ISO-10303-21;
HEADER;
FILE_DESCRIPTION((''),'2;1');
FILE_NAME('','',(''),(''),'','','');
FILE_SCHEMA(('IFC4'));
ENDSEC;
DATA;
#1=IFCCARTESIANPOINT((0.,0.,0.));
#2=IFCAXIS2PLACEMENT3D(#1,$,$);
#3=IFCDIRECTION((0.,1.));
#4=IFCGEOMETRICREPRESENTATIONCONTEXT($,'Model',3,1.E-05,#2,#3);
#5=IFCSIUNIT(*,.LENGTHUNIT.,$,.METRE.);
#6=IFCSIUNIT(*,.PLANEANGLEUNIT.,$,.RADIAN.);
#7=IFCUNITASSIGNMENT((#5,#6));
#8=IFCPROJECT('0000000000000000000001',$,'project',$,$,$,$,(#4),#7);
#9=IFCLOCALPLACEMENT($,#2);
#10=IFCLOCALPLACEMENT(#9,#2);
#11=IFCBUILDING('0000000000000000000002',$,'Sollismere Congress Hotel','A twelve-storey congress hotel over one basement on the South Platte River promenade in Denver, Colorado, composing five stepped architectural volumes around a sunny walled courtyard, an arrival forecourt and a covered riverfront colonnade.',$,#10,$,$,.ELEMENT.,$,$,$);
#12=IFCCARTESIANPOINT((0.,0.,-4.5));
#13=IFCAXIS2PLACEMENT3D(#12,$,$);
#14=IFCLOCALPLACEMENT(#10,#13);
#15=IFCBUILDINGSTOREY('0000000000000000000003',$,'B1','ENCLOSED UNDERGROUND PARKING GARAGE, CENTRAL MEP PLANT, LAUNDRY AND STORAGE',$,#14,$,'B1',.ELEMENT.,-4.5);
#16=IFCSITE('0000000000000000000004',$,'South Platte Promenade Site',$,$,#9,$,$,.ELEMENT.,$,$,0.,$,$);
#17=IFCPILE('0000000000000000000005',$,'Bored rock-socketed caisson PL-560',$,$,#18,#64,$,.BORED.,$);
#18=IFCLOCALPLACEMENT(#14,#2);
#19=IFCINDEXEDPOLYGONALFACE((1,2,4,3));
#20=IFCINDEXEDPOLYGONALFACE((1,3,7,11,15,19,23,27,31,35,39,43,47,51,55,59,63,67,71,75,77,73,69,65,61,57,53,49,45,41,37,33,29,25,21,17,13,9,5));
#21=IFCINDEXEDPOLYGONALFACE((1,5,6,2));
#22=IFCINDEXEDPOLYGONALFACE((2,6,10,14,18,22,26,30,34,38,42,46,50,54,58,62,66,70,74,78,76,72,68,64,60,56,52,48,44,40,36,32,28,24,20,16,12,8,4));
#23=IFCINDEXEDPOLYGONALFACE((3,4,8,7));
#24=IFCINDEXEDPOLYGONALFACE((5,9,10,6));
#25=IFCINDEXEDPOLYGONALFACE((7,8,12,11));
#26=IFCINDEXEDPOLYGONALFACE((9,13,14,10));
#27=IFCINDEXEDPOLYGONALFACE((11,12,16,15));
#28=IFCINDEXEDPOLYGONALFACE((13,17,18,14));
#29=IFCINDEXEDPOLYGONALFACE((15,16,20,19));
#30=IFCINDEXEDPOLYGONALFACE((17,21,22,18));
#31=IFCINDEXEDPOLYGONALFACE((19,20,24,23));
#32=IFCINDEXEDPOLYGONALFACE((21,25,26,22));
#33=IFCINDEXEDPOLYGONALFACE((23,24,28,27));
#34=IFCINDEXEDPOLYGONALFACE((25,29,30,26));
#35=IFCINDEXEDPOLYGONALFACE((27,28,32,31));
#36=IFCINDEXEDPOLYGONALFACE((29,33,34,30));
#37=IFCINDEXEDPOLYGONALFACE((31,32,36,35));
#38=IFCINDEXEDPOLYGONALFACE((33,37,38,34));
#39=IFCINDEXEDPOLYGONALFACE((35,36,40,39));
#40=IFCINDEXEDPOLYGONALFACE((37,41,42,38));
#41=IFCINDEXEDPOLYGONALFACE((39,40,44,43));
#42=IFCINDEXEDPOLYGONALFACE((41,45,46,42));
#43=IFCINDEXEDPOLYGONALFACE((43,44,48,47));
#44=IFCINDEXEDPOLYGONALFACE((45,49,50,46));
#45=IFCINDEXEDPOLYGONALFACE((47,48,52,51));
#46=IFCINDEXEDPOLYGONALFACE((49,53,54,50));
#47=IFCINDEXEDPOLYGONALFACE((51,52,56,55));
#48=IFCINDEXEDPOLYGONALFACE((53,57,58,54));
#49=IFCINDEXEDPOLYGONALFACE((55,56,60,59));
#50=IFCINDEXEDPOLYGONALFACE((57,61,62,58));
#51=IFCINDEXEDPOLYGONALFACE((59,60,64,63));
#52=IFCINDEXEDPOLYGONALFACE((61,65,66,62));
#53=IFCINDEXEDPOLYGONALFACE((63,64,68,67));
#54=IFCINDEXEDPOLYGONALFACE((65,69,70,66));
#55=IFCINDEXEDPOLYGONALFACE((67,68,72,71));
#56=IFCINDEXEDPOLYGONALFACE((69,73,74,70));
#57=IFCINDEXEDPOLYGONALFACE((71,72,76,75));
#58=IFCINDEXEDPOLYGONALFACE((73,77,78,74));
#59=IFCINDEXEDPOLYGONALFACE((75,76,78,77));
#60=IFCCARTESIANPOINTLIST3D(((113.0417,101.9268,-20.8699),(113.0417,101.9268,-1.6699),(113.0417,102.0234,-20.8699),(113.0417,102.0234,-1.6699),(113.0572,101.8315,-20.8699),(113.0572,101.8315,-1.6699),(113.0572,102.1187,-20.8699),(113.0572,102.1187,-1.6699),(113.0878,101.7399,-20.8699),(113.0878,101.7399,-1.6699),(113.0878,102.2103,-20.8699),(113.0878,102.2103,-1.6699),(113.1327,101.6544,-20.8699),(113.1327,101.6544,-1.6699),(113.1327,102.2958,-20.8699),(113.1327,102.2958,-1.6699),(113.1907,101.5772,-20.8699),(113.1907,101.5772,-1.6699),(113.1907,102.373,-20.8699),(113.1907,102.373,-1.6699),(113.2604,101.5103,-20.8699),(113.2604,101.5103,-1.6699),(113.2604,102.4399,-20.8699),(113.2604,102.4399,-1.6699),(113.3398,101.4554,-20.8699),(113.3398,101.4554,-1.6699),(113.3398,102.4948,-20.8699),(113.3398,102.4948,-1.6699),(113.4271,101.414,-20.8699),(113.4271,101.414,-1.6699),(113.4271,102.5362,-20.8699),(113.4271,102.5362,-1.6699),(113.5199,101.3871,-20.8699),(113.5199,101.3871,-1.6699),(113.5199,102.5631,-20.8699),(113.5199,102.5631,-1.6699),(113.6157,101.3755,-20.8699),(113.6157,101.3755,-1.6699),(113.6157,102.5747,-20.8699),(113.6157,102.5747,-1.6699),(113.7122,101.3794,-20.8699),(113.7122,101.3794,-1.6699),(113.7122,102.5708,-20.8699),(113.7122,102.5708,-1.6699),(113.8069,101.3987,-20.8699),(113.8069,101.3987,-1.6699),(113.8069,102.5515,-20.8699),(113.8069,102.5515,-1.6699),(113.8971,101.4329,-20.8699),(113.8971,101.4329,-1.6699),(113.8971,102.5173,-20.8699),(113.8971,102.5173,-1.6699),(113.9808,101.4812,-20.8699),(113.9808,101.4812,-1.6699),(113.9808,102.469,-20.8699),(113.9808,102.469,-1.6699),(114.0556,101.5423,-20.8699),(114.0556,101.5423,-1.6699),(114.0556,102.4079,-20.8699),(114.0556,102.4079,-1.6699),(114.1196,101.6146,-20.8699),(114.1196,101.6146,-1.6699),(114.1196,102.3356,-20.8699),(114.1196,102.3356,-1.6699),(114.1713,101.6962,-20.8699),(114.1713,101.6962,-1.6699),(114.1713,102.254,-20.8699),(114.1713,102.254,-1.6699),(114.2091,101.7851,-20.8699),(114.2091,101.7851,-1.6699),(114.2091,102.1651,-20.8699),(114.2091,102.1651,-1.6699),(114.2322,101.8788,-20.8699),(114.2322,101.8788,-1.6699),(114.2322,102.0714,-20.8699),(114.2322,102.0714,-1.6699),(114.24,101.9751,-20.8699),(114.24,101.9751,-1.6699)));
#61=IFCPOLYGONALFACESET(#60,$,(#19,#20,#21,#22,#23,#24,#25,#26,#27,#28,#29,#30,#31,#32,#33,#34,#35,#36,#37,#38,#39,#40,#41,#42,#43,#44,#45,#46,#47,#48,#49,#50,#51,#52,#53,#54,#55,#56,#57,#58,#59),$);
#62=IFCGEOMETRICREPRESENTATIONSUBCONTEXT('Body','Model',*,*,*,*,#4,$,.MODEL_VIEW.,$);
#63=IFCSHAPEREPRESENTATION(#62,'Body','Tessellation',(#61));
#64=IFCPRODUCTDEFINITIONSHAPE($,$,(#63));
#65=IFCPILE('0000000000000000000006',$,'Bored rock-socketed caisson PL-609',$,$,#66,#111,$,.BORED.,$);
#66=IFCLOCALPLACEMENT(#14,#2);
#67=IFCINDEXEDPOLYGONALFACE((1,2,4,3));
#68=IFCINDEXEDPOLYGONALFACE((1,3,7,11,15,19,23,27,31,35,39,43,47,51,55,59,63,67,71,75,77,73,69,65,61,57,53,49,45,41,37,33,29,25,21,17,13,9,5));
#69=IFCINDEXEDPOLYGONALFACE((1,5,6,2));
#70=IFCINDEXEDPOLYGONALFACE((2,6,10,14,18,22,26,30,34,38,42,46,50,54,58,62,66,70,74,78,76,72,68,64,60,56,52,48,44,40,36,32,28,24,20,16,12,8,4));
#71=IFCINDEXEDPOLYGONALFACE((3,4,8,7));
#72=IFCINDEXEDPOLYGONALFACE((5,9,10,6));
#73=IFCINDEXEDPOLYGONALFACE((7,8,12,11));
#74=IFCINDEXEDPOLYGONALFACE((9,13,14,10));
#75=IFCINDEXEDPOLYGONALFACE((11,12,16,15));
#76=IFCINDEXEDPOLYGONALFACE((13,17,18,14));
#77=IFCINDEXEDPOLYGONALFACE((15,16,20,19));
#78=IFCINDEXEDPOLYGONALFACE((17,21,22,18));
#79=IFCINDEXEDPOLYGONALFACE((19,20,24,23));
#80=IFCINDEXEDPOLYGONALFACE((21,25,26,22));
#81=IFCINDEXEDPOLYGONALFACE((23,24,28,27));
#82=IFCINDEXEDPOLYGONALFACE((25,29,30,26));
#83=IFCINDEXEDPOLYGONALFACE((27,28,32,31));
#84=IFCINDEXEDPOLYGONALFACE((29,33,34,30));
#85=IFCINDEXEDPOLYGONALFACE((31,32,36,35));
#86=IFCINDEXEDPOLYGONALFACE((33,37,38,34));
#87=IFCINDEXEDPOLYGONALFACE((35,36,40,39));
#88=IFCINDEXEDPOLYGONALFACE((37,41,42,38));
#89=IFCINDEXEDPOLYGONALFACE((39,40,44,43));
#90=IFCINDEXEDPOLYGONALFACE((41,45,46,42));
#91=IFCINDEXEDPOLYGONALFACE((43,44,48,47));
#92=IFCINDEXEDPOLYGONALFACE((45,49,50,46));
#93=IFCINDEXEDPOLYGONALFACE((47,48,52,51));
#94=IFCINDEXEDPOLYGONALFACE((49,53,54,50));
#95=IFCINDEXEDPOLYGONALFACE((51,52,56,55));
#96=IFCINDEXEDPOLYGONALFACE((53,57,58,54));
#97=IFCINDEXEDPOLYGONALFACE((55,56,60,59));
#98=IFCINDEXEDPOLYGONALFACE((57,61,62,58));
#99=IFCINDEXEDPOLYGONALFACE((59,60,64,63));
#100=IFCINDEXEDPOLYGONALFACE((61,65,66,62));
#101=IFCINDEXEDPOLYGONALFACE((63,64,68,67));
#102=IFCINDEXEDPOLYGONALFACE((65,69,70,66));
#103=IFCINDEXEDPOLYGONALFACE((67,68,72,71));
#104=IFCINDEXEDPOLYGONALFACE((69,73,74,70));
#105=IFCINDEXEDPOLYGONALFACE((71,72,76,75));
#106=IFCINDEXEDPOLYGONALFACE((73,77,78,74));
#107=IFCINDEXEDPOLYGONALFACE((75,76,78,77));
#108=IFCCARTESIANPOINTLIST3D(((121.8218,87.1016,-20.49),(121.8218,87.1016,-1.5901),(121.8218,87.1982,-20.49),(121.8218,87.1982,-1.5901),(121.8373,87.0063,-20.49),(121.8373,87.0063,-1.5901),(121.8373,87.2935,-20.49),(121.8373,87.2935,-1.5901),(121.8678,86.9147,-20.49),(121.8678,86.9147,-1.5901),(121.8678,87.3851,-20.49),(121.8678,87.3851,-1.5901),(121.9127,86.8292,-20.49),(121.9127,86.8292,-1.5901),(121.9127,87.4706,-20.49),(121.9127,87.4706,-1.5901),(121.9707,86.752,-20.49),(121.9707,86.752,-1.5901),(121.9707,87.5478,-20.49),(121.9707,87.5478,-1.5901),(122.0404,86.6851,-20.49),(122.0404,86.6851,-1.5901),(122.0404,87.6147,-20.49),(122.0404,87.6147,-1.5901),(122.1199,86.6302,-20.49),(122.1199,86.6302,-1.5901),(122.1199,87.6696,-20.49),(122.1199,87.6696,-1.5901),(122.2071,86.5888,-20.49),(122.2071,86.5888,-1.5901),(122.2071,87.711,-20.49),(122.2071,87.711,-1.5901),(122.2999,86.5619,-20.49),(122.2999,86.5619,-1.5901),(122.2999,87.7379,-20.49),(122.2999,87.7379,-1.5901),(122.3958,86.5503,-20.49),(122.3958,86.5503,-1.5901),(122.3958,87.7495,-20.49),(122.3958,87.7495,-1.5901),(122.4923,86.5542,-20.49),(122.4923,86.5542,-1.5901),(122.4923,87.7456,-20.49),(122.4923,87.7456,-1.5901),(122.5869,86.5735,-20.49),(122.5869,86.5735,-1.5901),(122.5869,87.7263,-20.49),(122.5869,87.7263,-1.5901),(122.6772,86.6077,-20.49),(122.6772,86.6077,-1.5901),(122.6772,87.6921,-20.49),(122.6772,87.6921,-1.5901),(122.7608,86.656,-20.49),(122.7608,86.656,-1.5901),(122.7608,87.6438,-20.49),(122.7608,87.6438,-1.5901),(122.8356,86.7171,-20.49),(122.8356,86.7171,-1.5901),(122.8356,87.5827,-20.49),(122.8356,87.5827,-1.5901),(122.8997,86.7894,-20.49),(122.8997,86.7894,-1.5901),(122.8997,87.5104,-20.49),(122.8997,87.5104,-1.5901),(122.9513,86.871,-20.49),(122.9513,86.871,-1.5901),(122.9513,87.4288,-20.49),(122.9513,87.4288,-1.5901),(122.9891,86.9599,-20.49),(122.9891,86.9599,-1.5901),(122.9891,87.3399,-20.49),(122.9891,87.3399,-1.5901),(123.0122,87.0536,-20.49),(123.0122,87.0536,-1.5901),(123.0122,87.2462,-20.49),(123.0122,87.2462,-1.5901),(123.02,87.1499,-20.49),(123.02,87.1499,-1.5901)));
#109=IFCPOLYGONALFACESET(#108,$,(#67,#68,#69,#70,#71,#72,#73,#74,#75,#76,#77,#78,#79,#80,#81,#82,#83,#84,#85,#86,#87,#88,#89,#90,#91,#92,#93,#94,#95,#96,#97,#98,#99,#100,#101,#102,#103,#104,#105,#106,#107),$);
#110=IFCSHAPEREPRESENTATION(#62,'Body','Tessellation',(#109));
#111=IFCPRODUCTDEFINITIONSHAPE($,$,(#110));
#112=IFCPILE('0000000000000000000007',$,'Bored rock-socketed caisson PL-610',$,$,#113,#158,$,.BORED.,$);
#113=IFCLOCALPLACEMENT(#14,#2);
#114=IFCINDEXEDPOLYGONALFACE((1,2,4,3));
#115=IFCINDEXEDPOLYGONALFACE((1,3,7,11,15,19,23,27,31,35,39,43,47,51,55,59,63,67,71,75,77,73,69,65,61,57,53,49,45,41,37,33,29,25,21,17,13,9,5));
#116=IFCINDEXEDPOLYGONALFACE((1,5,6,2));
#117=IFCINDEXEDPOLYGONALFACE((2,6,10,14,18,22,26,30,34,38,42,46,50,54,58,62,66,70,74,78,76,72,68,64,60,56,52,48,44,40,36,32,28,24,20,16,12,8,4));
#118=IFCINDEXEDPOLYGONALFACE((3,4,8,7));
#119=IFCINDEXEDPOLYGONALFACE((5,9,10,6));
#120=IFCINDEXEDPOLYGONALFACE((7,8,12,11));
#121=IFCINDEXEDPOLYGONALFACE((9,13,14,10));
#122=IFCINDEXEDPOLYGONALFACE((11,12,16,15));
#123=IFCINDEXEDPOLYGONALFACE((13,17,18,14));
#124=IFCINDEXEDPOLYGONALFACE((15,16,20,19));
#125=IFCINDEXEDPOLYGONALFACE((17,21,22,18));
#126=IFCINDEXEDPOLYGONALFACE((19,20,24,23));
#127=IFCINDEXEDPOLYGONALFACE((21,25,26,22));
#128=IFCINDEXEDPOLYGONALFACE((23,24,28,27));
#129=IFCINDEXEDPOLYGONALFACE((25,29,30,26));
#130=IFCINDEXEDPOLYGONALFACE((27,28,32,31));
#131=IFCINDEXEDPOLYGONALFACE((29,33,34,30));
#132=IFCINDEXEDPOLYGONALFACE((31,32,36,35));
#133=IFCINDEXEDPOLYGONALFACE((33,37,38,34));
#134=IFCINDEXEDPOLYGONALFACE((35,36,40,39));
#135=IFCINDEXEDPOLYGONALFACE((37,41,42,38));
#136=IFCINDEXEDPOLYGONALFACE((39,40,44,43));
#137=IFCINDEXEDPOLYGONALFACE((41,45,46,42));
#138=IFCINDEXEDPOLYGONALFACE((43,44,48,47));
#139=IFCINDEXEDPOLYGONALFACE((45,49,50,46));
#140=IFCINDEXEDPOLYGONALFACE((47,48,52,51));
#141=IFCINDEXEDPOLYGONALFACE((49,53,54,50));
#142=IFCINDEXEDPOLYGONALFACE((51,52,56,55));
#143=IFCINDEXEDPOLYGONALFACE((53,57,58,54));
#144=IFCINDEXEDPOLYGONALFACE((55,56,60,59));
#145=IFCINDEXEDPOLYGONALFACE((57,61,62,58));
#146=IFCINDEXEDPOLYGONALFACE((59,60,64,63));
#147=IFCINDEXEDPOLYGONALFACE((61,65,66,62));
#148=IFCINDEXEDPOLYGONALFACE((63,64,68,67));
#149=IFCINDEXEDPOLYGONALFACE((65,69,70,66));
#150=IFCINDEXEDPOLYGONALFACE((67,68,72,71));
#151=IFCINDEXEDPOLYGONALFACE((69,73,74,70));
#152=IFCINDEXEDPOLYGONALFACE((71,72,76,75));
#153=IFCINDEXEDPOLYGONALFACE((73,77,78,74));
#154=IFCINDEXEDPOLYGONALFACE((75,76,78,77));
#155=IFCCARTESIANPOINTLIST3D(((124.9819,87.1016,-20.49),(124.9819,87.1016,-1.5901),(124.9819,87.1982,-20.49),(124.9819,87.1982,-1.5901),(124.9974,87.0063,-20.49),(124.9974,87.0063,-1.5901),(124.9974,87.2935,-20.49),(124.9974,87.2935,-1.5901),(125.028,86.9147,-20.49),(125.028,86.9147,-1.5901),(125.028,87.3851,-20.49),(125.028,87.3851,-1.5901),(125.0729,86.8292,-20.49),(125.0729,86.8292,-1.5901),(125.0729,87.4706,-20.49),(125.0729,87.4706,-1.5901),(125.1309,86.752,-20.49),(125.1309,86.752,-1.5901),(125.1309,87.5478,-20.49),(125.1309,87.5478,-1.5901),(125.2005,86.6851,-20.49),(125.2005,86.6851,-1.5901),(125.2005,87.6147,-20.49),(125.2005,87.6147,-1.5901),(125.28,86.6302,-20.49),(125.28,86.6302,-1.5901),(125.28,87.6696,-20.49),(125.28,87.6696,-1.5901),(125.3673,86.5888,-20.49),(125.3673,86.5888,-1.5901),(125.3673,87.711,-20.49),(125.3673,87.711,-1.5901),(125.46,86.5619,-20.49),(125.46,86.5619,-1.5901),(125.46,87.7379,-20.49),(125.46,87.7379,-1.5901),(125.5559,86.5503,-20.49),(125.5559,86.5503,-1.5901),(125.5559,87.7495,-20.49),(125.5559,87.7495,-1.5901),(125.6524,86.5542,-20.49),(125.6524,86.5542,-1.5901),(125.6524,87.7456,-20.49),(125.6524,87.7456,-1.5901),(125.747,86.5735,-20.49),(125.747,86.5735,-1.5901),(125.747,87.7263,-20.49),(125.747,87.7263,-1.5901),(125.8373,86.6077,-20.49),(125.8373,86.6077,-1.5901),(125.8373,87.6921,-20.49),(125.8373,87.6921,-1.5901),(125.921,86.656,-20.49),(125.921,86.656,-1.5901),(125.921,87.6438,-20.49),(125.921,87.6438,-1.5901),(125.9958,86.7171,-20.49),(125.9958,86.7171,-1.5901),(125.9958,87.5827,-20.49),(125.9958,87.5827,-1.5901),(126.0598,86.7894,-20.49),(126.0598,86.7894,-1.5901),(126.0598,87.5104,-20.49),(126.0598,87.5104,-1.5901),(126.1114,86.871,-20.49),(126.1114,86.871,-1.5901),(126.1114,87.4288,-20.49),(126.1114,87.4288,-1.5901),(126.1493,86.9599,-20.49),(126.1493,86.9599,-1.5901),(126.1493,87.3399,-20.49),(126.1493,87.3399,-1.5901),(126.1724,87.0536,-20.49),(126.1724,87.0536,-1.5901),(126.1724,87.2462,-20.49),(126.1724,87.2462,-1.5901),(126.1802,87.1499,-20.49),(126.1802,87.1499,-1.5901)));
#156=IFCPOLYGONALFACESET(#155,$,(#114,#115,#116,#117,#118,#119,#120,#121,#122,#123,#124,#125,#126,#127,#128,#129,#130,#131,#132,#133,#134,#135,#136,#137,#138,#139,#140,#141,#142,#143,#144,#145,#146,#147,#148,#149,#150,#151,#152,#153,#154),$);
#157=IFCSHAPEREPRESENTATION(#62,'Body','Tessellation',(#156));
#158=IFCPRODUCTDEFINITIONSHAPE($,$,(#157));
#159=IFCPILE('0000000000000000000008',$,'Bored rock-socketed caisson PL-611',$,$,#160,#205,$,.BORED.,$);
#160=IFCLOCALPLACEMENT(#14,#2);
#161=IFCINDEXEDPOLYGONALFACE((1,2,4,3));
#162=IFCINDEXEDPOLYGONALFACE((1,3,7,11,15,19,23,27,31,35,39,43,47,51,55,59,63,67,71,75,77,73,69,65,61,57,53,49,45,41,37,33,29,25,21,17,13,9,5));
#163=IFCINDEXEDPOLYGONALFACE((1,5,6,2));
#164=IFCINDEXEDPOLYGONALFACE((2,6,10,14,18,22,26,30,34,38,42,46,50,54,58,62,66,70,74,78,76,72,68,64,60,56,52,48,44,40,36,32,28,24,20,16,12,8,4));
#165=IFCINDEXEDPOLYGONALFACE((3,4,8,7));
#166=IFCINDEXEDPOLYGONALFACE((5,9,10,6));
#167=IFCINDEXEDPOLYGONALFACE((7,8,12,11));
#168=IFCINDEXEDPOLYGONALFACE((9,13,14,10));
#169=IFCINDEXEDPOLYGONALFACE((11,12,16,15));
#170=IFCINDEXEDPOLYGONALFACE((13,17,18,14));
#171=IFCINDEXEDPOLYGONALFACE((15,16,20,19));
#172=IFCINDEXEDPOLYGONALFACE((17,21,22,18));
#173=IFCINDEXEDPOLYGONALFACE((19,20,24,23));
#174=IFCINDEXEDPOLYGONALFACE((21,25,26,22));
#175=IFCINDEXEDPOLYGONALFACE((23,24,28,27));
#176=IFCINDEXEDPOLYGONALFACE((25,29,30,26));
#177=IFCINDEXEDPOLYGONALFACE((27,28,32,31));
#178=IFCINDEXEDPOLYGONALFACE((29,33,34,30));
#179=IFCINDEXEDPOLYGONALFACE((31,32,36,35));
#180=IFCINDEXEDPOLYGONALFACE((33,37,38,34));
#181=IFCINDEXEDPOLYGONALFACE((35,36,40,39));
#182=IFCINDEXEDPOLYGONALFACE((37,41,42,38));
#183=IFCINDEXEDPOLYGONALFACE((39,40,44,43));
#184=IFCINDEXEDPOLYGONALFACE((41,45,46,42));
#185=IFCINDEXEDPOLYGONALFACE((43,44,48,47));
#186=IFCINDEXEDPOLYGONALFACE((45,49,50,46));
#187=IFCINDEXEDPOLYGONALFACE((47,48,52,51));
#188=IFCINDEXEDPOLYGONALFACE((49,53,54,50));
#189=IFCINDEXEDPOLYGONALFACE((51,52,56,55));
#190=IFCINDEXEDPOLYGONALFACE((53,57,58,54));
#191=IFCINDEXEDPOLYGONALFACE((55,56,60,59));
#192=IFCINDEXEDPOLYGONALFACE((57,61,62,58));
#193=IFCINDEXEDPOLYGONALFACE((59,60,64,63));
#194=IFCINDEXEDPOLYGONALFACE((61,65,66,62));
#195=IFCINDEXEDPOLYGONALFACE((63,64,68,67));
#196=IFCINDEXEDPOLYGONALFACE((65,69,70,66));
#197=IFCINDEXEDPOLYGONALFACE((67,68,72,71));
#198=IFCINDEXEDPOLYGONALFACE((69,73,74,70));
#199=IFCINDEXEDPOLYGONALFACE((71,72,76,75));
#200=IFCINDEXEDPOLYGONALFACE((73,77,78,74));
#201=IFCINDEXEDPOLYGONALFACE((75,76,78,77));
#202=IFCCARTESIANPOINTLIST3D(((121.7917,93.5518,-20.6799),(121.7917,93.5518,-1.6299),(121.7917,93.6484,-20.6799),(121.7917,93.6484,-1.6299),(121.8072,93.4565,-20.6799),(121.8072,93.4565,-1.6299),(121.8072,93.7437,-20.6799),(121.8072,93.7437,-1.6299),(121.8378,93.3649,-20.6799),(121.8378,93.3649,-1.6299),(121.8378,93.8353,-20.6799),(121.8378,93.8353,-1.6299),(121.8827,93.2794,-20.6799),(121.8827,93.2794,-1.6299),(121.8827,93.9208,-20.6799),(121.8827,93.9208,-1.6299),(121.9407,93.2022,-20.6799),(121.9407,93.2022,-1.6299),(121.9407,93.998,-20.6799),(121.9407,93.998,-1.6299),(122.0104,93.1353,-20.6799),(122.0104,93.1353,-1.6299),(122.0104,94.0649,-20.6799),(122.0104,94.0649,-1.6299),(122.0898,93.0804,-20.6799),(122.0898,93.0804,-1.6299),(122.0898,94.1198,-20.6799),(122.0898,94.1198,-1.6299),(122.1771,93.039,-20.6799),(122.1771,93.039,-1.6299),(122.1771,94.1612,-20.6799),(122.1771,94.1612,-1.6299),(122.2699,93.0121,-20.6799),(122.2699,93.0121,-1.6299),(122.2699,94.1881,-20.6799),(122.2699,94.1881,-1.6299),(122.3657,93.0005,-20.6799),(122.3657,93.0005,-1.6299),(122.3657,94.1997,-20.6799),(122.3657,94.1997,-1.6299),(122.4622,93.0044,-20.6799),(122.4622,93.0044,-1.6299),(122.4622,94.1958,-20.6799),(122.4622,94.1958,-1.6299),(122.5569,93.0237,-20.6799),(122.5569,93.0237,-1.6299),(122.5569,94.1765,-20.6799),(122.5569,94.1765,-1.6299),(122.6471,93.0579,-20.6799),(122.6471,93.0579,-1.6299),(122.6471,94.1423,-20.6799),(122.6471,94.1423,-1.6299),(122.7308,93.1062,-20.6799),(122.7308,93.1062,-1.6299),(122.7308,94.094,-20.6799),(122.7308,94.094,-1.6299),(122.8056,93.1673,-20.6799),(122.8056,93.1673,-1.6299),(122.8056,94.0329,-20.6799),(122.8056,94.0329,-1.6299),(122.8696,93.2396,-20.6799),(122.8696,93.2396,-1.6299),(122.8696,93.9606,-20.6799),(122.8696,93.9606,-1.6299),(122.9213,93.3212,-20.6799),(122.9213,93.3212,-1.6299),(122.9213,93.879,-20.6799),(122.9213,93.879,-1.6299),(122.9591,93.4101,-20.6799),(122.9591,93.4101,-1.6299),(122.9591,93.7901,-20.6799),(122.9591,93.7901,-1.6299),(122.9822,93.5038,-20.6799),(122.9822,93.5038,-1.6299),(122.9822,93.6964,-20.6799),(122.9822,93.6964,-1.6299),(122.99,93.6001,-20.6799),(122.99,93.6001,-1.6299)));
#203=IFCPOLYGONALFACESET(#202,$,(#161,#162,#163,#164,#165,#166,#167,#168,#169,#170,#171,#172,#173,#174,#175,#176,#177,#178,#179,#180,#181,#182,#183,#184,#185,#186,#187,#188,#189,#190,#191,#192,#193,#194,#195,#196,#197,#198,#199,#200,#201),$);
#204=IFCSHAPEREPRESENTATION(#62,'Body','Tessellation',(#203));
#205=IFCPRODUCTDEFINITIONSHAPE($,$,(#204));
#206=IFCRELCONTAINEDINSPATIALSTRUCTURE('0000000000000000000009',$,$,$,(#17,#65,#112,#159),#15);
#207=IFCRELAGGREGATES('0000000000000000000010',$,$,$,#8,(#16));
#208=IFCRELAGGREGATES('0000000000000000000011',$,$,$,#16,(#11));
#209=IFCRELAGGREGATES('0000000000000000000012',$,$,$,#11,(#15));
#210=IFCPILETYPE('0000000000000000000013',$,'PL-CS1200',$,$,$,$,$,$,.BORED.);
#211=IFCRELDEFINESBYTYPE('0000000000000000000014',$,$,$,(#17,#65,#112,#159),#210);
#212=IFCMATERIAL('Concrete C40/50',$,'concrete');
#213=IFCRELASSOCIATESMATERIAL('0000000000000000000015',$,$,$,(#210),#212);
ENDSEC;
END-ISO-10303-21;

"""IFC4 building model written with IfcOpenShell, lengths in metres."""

from ifc_helpers import new_model, si_unit, direction, frame, origin, origin_2d, place, context, subcontext, project, spatial, circle, extrude, material, material_profile, profile_set, type_object, element, save


model = new_model("IFC4")

# Units and contexts
model_context = context("Model", 3, precision=1e-05, world=origin(), true_north=direction((0.0, 1.0)))
body_context = subcontext(model_context, "Body", "Model", "MODEL_VIEW")
ifc_project = project(units=[si_unit("LENGTHUNIT", "METRE"), si_unit("PLANEANGLEUNIT", "RADIAN")], contexts=[model_context])

# Site, building, storey
site_placement = place(None, origin())
site = spatial("IfcSite", under=ifc_project, at=site_placement, Name="South Platte Promenade Site", CompositionType="ELEMENT", RefElevation=0.0)
building_placement = place(site_placement, origin())
building = spatial("IfcBuilding", under=site, at=building_placement, Name="Sollismere Congress Hotel", Description="A twelve-storey congress hotel over one basement on the South Platte River promenade in Denver, Colorado, composing five stepped architectural volumes around a sunny walled courtyard, an arrival forecourt and a covered riverfront colonnade.", CompositionType="ELEMENT")
storey_placement = place(building_placement, frame((0.0, 0.0, -4.5)))
storey = spatial("IfcBuildingStorey", under=building, at=storey_placement, Name="B1", Description="ENCLOSED UNDERGROUND PARKING GARAGE, CENTRAL MEP PLANT, LAUNDRY AND STORAGE", LongName="B1", CompositionType="ELEMENT", Elevation=-4.5)

# Shared definitions
ifc_material_1 = material(Name="Concrete C40/50", Category="concrete")

# Piles
ifc_material_profile_1 = material_profile(ifc_material_1, circle(Radius=0.6001, at=origin_2d()), Name="CAISSON1200")
ifc_profile_set_1 = profile_set([ifc_material_profile_1], Name="Concrete C40/50")
pile_type = type_object("IfcPileType", Name="PL-CS1200", PredefinedType="BORED", material=ifc_profile_set_1)
pile_1_placement = place(storey_placement, frame((113.6399, 101.9751, -1.6699), z_axis=(0.0, 0.0, -1.0), x_axis=(1.0, 0.0, 0.0)))
element("IfcPile", 1, at=pile_1_placement, inside=storey, type_object=pile_type, Name="Bored rock-socketed caisson PL-560", PredefinedType="BORED", context=body_context, shape_type="SweptSolid", body=[
    extrude(circle(Radius=0.6001, at=origin_2d()), origin(), (0.0, 0.0, 1.0), 19.2),
])
for number, where, z_axis, x_axis, name in (
    (2, (122.4199, 87.1499, -1.5901), (0.0, 0.0, -1.0), (1.0, 0.0, 0.0), "Bored rock-socketed caisson PL-609"),
    (3, (125.5801, 87.1499, -1.5901), (0.0, 0.0, -1.0), (1.0, 0.0, 0.0), "Bored rock-socketed caisson PL-610"),
):
    element("IfcPile", number, at=place(storey_placement, frame(where, z_axis=z_axis, x_axis=x_axis)), inside=storey, type_object=pile_type, Name=name, PredefinedType="BORED", context=body_context, shape_type="SweptSolid", body=[
        extrude(circle(Radius=0.6001, at=origin_2d()), origin(), (0.0, 0.0, 1.0), 18.8999),
    ])
for number, where, z_axis, x_axis, name in (
    (4, (122.3899, 93.6001, -1.6299), (0.0, 0.0, -1.0), (1.0, 0.0, 0.0), "Bored rock-socketed caisson PL-611"),
):
    element("IfcPile", number, at=place(storey_placement, frame(where, z_axis=z_axis, x_axis=x_axis)), inside=storey, type_object=pile_type, Name=name, PredefinedType="BORED", context=body_context, shape_type="SweptSolid", body=[
        extrude(circle(Radius=0.6001, at=origin_2d()), origin(), (0.0, 0.0, 1.0), 19.05),
    ])

save(model, "model.ifc")
